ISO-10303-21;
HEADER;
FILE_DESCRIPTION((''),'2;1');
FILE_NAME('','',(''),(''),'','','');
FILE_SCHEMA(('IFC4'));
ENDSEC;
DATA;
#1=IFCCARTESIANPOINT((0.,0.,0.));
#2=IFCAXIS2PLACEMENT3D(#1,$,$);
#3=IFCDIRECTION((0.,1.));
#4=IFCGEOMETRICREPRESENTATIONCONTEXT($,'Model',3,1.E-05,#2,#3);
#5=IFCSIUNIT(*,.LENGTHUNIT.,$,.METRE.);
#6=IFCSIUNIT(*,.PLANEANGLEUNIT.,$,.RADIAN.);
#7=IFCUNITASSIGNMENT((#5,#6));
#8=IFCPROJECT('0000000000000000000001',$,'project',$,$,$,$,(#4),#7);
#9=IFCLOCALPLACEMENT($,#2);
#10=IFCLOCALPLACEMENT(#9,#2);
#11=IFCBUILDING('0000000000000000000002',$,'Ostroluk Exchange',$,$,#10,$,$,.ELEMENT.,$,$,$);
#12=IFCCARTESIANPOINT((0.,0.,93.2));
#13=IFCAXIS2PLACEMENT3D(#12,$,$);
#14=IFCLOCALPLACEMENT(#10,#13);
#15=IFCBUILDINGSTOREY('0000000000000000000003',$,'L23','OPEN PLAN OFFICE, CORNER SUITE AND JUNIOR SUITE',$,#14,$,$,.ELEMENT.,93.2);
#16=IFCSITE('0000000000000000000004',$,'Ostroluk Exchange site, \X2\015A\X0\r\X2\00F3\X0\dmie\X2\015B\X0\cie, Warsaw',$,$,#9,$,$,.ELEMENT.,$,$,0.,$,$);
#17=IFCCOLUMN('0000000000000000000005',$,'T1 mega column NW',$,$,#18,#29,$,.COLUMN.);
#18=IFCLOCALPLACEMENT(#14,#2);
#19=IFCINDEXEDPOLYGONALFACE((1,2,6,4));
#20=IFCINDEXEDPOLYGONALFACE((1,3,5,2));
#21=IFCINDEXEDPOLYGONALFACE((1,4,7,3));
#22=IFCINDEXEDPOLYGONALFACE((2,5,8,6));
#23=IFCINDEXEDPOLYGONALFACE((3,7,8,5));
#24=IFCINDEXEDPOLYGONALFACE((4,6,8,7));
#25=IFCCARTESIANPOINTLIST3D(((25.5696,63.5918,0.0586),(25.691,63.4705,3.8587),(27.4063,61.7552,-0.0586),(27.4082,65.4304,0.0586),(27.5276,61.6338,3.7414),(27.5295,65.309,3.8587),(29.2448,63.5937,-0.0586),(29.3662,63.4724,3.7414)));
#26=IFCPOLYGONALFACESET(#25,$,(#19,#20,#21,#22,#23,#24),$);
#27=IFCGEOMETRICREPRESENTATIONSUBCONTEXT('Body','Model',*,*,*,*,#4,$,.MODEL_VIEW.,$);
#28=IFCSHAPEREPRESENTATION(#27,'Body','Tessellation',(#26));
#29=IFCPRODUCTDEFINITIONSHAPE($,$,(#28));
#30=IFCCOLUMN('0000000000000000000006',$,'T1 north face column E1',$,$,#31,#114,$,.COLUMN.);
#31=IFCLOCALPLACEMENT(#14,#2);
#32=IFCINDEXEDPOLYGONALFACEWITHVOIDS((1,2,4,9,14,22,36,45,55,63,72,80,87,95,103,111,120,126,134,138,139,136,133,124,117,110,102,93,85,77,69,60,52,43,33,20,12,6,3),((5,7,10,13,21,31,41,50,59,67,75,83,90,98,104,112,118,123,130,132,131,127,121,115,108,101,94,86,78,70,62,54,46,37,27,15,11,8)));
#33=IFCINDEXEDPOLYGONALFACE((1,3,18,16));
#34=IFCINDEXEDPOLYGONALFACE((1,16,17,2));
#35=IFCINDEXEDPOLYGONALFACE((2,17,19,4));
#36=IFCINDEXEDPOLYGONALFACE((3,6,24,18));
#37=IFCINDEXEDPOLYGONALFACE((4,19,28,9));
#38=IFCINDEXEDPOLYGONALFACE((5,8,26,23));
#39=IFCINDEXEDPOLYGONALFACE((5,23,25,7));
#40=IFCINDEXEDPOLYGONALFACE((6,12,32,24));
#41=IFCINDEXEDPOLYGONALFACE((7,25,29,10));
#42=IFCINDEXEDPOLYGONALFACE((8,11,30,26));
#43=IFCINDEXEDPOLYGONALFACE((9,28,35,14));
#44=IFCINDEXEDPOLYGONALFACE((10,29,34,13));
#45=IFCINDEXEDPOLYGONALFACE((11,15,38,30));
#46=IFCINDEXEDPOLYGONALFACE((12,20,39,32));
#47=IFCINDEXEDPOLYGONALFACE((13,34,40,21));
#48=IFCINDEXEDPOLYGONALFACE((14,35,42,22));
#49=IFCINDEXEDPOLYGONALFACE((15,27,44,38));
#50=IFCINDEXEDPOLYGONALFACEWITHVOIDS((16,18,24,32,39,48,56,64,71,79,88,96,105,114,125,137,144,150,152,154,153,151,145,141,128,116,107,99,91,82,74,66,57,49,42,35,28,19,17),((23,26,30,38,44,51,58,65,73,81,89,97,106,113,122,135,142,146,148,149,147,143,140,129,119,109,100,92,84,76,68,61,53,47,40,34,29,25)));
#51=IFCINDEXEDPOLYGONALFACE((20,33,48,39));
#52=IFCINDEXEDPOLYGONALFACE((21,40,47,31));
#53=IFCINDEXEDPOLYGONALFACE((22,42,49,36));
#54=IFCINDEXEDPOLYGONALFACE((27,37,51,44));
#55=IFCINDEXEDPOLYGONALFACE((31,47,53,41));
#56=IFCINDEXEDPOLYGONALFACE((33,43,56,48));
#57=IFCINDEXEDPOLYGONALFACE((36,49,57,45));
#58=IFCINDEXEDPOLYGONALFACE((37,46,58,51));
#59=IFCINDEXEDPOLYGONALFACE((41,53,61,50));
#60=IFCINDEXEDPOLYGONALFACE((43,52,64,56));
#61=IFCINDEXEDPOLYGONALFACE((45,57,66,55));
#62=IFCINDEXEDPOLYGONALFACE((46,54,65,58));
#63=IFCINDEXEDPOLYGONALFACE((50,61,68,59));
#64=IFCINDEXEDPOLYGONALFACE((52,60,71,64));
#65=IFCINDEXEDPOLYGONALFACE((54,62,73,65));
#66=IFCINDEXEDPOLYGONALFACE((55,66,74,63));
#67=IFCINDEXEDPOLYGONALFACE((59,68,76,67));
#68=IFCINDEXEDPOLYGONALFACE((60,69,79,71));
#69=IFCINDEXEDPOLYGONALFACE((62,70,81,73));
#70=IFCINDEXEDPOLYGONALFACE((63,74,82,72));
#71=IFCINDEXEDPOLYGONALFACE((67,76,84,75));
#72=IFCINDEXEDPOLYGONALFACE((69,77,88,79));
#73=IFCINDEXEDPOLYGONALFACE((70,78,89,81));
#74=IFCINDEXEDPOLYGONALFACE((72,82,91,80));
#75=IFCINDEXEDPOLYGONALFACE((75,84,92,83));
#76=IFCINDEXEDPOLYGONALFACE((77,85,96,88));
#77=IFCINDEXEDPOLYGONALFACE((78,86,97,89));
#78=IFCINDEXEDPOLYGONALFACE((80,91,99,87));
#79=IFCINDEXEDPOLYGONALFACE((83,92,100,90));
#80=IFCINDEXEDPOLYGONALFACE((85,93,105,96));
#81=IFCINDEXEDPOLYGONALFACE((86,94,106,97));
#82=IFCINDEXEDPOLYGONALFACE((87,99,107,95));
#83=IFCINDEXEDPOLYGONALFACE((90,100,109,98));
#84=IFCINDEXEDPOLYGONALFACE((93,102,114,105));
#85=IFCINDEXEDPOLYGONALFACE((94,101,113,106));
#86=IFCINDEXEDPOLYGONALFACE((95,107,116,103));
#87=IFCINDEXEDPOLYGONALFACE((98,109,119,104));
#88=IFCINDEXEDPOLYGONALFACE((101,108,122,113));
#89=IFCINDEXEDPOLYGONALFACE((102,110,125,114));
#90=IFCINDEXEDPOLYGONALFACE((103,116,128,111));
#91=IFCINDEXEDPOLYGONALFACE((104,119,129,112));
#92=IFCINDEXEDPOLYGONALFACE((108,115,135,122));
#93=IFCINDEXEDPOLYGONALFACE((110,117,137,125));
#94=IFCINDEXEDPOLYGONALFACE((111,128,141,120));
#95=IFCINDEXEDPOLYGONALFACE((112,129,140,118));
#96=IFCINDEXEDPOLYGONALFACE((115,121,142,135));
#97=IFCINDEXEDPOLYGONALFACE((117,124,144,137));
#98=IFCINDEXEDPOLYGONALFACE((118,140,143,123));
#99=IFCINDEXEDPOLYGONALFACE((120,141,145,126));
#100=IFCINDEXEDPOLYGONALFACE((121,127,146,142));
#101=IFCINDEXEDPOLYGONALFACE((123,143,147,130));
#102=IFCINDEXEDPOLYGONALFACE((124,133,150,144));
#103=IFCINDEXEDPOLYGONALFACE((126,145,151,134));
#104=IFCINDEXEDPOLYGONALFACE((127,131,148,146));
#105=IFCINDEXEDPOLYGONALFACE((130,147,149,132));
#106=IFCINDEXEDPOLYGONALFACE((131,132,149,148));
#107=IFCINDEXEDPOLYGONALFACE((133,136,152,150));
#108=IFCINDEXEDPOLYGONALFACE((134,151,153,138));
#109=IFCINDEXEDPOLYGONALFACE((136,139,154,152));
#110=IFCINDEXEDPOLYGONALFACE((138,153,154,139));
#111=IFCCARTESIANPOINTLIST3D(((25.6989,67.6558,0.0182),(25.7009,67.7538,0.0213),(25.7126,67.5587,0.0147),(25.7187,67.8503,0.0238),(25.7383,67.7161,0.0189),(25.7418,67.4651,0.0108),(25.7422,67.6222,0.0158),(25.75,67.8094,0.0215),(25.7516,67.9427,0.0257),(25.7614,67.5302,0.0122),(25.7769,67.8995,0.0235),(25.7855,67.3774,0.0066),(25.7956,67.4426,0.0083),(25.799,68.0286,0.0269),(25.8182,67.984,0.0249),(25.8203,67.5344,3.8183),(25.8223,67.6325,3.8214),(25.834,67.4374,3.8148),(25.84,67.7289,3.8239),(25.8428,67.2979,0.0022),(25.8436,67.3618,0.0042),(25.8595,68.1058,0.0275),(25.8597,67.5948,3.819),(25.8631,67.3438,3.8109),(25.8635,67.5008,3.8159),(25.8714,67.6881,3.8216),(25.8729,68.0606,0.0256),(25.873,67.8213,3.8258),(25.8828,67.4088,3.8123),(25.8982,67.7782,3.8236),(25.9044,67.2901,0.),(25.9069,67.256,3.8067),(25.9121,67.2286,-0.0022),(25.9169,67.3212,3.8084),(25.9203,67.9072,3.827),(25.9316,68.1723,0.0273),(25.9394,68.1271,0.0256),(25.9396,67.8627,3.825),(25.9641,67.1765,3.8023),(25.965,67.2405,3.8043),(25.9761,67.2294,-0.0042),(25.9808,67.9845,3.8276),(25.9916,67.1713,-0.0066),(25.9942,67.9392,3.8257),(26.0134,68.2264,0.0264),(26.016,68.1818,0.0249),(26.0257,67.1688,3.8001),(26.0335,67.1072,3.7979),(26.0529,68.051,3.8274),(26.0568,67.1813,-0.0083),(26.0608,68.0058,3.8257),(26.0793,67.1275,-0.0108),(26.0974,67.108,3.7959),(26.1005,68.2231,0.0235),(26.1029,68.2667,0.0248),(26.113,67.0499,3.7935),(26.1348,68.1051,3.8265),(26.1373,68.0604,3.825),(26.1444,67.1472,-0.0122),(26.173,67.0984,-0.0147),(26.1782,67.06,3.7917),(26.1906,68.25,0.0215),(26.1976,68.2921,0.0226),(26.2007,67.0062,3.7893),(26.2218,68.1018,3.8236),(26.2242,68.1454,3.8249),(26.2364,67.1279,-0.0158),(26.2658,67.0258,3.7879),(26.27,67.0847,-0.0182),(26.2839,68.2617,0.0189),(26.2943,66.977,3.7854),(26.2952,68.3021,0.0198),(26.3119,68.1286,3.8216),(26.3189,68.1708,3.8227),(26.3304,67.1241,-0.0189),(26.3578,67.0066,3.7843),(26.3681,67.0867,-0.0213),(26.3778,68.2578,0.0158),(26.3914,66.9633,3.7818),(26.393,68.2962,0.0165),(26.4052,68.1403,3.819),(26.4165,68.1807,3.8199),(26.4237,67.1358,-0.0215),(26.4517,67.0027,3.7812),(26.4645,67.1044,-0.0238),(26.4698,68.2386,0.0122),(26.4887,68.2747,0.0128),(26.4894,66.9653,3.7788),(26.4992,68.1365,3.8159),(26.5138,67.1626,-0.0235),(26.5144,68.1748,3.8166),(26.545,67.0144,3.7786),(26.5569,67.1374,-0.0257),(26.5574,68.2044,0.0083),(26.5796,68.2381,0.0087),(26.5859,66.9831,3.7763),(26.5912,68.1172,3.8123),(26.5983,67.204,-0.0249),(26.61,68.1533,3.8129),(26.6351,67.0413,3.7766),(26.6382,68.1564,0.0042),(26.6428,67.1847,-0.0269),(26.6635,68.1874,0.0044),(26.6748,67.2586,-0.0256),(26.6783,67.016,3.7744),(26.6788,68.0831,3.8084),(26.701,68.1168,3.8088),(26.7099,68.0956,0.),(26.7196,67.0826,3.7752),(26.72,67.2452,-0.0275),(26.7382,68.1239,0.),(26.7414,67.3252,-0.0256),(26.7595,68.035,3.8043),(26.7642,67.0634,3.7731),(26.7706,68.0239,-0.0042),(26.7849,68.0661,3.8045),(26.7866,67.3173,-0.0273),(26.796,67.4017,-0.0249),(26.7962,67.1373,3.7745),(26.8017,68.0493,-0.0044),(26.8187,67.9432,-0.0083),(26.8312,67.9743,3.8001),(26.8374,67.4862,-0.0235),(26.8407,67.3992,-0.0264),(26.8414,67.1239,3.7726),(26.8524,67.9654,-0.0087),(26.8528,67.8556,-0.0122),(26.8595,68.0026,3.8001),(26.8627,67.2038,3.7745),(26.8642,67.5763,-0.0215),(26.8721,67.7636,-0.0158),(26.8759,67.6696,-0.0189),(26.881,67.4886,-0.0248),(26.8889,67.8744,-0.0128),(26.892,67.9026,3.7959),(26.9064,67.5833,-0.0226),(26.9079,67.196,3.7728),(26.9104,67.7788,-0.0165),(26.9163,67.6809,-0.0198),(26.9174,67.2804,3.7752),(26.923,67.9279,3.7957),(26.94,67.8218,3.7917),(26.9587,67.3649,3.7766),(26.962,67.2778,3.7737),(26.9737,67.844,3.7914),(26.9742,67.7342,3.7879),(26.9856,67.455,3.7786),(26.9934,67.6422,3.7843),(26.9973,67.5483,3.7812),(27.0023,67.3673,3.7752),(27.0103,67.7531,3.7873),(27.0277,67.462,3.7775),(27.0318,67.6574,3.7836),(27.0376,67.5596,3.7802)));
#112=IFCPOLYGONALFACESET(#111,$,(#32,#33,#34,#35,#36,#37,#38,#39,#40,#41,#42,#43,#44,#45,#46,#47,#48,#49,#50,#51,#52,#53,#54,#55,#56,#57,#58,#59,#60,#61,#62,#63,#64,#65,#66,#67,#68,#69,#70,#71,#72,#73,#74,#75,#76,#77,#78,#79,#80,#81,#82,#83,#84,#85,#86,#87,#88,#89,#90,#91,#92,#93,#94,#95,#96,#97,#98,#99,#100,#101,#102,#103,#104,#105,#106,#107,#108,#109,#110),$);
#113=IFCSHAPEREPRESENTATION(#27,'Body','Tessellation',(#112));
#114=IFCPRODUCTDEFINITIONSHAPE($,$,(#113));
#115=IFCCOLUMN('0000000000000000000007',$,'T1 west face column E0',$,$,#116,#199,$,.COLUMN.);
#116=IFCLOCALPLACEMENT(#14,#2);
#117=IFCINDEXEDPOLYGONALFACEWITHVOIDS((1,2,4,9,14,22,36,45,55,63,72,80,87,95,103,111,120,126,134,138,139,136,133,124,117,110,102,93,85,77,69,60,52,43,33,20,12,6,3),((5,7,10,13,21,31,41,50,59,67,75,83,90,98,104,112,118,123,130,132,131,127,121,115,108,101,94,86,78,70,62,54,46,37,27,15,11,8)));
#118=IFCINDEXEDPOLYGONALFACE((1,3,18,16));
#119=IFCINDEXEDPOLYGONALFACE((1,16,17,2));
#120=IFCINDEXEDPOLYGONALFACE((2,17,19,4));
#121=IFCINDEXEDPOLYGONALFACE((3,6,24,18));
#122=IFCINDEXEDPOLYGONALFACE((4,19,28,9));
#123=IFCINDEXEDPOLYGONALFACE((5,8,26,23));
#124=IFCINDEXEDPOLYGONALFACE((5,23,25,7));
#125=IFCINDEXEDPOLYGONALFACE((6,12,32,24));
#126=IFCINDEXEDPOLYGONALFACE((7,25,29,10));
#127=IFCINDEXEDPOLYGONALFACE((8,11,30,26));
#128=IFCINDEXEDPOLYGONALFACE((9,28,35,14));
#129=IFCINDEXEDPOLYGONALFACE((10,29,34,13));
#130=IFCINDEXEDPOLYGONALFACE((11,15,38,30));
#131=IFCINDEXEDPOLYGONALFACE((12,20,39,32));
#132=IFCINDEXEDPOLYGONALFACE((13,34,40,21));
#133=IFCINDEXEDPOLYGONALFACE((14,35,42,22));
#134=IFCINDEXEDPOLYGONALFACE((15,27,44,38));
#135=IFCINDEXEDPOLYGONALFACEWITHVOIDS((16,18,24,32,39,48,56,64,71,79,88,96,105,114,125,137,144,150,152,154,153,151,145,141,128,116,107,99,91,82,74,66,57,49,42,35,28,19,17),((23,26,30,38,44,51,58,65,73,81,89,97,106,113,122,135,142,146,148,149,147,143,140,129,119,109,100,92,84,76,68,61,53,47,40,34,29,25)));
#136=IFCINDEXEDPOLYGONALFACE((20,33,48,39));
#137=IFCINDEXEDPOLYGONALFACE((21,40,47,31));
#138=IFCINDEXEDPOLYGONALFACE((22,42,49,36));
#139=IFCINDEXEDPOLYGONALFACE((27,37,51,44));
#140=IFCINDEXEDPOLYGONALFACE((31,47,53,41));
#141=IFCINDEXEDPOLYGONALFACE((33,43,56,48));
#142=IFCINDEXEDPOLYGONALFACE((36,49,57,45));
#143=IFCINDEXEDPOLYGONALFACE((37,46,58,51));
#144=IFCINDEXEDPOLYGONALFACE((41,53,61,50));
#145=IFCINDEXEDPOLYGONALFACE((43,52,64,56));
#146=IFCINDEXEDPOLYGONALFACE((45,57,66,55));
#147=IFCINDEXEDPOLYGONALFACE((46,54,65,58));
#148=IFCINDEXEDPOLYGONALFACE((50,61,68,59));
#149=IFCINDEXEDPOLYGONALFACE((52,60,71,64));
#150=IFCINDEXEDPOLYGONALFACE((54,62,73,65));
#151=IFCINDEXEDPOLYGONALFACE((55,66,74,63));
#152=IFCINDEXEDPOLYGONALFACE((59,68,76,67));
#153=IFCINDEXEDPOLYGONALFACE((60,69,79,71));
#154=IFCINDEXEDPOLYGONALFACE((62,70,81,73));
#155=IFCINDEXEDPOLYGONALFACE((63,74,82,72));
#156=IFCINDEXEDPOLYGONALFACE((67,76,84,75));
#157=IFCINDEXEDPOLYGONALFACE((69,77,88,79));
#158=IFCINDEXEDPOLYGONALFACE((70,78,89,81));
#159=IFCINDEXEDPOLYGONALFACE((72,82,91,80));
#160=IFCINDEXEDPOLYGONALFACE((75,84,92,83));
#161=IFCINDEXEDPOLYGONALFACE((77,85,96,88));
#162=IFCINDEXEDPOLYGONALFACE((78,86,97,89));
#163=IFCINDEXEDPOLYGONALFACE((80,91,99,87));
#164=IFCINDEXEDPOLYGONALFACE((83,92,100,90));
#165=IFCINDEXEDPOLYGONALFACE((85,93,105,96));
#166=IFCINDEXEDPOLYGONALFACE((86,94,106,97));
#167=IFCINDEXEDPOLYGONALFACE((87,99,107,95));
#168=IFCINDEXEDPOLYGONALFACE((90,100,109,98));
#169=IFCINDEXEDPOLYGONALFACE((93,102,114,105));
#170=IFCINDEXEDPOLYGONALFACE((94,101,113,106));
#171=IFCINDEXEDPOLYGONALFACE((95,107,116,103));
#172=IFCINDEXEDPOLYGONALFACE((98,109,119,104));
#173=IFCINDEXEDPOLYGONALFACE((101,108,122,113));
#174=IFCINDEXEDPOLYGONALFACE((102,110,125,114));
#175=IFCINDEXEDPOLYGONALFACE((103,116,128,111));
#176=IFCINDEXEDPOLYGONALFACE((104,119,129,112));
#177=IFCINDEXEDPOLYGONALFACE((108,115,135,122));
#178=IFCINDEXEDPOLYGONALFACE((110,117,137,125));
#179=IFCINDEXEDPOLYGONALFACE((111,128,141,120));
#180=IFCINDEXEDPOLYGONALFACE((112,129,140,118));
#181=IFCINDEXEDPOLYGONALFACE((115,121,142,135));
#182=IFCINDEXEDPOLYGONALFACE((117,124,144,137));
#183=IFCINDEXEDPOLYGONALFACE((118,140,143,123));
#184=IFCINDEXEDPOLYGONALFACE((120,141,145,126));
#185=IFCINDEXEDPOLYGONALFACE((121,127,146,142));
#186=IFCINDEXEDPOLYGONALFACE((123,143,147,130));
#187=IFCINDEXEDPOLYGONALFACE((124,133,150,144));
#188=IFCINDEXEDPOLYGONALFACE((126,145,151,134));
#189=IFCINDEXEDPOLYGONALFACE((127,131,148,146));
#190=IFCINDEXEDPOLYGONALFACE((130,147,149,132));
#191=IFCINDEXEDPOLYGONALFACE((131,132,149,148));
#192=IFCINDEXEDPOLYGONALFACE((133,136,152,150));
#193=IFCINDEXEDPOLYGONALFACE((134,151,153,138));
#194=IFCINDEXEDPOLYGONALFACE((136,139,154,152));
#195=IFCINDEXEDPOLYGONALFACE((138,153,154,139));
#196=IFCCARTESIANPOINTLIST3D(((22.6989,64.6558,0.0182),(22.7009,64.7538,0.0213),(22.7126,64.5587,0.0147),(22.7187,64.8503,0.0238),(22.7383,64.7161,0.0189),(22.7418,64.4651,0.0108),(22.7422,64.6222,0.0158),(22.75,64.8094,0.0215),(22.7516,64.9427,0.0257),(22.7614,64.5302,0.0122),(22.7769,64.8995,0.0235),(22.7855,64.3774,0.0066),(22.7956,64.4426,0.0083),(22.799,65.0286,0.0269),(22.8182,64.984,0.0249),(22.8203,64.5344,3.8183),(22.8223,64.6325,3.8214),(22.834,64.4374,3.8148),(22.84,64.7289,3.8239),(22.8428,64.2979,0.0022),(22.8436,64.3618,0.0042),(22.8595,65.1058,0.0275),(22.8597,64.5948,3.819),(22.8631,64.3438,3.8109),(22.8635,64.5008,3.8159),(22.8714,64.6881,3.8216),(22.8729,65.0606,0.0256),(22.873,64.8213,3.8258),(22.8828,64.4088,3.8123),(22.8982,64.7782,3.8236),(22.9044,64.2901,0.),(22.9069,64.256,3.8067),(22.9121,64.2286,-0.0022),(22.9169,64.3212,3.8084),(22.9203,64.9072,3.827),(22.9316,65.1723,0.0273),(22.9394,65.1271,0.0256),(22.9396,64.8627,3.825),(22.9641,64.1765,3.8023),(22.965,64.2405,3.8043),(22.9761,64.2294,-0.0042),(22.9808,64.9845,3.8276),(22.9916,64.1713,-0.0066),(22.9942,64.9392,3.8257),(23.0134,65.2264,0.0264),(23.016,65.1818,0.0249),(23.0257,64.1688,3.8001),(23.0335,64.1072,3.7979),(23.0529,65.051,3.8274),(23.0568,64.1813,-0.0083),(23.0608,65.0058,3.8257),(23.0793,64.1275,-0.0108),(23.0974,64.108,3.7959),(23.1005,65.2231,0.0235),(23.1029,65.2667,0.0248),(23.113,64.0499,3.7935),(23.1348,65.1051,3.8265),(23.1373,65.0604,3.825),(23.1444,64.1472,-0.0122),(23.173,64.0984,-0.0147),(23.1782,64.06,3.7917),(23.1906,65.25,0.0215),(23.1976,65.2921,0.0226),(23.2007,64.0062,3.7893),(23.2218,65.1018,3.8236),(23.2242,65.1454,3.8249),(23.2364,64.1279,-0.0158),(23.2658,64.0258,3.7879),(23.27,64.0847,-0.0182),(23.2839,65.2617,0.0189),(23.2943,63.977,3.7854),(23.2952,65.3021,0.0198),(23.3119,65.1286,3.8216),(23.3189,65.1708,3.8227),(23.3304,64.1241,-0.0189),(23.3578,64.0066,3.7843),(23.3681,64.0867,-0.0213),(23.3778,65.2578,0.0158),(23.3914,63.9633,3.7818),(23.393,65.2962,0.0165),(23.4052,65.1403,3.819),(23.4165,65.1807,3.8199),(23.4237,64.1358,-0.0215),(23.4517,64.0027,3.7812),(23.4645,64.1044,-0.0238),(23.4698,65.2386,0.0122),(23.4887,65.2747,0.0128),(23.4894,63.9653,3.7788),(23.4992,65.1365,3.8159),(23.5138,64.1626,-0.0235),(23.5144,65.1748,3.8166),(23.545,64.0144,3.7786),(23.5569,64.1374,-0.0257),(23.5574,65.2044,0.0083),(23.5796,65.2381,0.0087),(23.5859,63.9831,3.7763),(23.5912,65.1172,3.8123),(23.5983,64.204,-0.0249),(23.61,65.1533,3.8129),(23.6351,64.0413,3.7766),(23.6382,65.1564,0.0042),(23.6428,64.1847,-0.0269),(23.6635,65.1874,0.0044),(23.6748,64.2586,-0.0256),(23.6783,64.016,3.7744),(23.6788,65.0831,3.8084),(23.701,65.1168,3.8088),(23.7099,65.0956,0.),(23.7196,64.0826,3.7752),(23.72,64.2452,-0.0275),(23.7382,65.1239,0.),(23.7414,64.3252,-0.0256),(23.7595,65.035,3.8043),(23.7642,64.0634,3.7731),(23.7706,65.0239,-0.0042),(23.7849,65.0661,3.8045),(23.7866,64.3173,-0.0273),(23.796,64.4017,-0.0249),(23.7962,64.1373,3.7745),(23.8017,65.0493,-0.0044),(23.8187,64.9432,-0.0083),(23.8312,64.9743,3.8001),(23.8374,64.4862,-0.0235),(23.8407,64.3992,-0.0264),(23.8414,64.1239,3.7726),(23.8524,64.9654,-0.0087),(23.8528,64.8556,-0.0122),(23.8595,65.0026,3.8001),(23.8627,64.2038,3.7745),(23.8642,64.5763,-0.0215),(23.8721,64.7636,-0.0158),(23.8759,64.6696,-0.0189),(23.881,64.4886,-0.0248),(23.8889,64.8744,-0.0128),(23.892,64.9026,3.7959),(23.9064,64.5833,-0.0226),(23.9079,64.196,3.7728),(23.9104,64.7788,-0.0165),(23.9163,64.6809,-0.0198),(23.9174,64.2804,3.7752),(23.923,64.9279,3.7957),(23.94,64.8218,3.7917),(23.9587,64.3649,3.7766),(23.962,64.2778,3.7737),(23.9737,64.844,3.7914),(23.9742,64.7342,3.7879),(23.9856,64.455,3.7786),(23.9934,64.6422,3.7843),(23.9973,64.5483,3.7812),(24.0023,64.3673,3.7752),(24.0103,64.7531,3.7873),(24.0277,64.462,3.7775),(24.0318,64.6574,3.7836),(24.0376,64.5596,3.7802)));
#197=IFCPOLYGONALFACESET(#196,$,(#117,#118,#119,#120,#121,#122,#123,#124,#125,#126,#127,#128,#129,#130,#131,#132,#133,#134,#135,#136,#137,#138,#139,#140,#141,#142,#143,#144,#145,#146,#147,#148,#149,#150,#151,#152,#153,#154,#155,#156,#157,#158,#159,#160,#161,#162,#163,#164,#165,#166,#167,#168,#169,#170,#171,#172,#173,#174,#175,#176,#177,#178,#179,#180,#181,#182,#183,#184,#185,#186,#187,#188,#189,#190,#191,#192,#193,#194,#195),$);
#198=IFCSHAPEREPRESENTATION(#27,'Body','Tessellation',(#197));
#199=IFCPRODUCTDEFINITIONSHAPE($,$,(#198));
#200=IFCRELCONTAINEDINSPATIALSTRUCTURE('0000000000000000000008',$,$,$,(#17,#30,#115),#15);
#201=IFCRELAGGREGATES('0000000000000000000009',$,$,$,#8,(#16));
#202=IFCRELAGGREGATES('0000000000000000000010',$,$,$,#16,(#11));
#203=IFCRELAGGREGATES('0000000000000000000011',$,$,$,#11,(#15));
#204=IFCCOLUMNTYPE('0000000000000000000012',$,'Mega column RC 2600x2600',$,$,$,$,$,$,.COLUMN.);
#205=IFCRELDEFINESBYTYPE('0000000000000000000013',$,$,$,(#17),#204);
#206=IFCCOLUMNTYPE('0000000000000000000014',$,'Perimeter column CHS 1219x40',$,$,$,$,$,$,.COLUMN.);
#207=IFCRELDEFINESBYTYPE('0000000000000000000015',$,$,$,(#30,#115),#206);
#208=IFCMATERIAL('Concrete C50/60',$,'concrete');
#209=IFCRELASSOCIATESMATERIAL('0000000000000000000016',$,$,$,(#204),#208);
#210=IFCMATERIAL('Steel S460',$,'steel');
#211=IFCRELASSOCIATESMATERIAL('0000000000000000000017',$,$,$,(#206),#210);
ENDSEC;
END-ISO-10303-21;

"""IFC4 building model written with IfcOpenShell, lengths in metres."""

from ifc_helpers import new_model, si_unit, direction, frame, origin, origin_2d, place, context, subcontext, project, spatial, rectangle, hollow_circle, extrude, material, material_profile, profile_set, type_object, element, save


model = new_model("IFC4")

# Units and contexts
model_context = context("Model", 3, precision=1e-05, world=origin(), true_north=direction((0.0, 1.0)))
body_context = subcontext(model_context, "Body", "Model", "MODEL_VIEW")
ifc_project = project(units=[si_unit("LENGTHUNIT", "METRE"), si_unit("PLANEANGLEUNIT", "RADIAN")], contexts=[model_context])

# Site, building, storey
site_placement = place(None, origin())
site = spatial("IfcSite", under=ifc_project, at=site_placement, Name="Ostroluk Exchange site, Śródmieście, Warsaw", CompositionType="ELEMENT", RefElevation=0.0)
building_placement = place(site_placement, origin())
building = spatial("IfcBuilding", under=site, at=building_placement, Name="Ostroluk Exchange", CompositionType="ELEMENT")
storey_placement = place(building_placement, frame((0.0, 0.0, 93.2)))
storey = spatial("IfcBuildingStorey", under=building, at=storey_placement, Name="L23", Description="OPEN PLAN OFFICE, CORNER SUITE AND JUNIOR SUITE", CompositionType="ELEMENT", Elevation=93.2)

# Columns
ifc_material_1 = material(Name="Concrete C50/60", Category="concrete")
ifc_material_profile_1 = material_profile(ifc_material_1, rectangle(XDim=2.6001, YDim=2.6001, at=origin_2d()), Name="RC 2600x2600")
ifc_profile_set_1 = profile_set([ifc_material_profile_1], Name="Concrete C50/60")
column_type_1 = type_object("IfcColumnType", Name="Mega column RC 2600x2600", PredefinedType="COLUMN", material=ifc_profile_set_1)
column_placement = place(storey_placement, frame((27.4072, 63.5928, 0.0), z_axis=(0.031898, -0.031898, 0.998982), x_axis=(0.707107, 0.707107, 0.0)))
element("IfcColumn", 1, at=column_placement, inside=storey, type_object=column_type_1, Name="T1 mega column NW", PredefinedType="COLUMN", context=body_context, shape_type="SweptSolid", body=[
    extrude(rectangle(XDim=2.6001, YDim=2.6001, at=origin_2d()), origin(), (0.0, 0.0, 1.0), 3.804),
])
ifc_material_2 = material(Name="Steel S460", Category="steel")
ifc_material_profile_2 = material_profile(ifc_material_2, hollow_circle(Radius=0.6096, WallThickness=0.04, at=origin_2d()), Name="CHS 1219x40")
ifc_profile_set_2 = profile_set([ifc_material_profile_2], Name="Steel S460")
column_type_2 = type_object("IfcColumnType", Name="Perimeter column CHS 1219x40", PredefinedType="COLUMN", material=ifc_profile_set_2)
for number, where, z_axis, x_axis, name in (
    (2, (26.3071, 67.6929, 0.0), (0.031898, -0.031898, 0.998982), (0.707107, 0.707107, 0.0), "T1 north face column E1"),
    (3, (23.3071, 64.6929, 0.0), (0.031898, -0.031898, 0.998982), (0.707107, 0.707107, 0.0), "T1 west face column E0"),
):
    element("IfcColumn", number, at=place(storey_placement, frame(where, z_axis=z_axis, x_axis=x_axis)), inside=storey, type_object=column_type_2, Name=name, PredefinedType="COLUMN", context=body_context, shape_type="SweptSolid", body=[
        extrude(hollow_circle(Radius=0.6096, WallThickness=0.04, at=origin_2d()), origin(), (0.0, 0.0, 1.0), 3.804),
    ])

save(model, "model.ifc")
